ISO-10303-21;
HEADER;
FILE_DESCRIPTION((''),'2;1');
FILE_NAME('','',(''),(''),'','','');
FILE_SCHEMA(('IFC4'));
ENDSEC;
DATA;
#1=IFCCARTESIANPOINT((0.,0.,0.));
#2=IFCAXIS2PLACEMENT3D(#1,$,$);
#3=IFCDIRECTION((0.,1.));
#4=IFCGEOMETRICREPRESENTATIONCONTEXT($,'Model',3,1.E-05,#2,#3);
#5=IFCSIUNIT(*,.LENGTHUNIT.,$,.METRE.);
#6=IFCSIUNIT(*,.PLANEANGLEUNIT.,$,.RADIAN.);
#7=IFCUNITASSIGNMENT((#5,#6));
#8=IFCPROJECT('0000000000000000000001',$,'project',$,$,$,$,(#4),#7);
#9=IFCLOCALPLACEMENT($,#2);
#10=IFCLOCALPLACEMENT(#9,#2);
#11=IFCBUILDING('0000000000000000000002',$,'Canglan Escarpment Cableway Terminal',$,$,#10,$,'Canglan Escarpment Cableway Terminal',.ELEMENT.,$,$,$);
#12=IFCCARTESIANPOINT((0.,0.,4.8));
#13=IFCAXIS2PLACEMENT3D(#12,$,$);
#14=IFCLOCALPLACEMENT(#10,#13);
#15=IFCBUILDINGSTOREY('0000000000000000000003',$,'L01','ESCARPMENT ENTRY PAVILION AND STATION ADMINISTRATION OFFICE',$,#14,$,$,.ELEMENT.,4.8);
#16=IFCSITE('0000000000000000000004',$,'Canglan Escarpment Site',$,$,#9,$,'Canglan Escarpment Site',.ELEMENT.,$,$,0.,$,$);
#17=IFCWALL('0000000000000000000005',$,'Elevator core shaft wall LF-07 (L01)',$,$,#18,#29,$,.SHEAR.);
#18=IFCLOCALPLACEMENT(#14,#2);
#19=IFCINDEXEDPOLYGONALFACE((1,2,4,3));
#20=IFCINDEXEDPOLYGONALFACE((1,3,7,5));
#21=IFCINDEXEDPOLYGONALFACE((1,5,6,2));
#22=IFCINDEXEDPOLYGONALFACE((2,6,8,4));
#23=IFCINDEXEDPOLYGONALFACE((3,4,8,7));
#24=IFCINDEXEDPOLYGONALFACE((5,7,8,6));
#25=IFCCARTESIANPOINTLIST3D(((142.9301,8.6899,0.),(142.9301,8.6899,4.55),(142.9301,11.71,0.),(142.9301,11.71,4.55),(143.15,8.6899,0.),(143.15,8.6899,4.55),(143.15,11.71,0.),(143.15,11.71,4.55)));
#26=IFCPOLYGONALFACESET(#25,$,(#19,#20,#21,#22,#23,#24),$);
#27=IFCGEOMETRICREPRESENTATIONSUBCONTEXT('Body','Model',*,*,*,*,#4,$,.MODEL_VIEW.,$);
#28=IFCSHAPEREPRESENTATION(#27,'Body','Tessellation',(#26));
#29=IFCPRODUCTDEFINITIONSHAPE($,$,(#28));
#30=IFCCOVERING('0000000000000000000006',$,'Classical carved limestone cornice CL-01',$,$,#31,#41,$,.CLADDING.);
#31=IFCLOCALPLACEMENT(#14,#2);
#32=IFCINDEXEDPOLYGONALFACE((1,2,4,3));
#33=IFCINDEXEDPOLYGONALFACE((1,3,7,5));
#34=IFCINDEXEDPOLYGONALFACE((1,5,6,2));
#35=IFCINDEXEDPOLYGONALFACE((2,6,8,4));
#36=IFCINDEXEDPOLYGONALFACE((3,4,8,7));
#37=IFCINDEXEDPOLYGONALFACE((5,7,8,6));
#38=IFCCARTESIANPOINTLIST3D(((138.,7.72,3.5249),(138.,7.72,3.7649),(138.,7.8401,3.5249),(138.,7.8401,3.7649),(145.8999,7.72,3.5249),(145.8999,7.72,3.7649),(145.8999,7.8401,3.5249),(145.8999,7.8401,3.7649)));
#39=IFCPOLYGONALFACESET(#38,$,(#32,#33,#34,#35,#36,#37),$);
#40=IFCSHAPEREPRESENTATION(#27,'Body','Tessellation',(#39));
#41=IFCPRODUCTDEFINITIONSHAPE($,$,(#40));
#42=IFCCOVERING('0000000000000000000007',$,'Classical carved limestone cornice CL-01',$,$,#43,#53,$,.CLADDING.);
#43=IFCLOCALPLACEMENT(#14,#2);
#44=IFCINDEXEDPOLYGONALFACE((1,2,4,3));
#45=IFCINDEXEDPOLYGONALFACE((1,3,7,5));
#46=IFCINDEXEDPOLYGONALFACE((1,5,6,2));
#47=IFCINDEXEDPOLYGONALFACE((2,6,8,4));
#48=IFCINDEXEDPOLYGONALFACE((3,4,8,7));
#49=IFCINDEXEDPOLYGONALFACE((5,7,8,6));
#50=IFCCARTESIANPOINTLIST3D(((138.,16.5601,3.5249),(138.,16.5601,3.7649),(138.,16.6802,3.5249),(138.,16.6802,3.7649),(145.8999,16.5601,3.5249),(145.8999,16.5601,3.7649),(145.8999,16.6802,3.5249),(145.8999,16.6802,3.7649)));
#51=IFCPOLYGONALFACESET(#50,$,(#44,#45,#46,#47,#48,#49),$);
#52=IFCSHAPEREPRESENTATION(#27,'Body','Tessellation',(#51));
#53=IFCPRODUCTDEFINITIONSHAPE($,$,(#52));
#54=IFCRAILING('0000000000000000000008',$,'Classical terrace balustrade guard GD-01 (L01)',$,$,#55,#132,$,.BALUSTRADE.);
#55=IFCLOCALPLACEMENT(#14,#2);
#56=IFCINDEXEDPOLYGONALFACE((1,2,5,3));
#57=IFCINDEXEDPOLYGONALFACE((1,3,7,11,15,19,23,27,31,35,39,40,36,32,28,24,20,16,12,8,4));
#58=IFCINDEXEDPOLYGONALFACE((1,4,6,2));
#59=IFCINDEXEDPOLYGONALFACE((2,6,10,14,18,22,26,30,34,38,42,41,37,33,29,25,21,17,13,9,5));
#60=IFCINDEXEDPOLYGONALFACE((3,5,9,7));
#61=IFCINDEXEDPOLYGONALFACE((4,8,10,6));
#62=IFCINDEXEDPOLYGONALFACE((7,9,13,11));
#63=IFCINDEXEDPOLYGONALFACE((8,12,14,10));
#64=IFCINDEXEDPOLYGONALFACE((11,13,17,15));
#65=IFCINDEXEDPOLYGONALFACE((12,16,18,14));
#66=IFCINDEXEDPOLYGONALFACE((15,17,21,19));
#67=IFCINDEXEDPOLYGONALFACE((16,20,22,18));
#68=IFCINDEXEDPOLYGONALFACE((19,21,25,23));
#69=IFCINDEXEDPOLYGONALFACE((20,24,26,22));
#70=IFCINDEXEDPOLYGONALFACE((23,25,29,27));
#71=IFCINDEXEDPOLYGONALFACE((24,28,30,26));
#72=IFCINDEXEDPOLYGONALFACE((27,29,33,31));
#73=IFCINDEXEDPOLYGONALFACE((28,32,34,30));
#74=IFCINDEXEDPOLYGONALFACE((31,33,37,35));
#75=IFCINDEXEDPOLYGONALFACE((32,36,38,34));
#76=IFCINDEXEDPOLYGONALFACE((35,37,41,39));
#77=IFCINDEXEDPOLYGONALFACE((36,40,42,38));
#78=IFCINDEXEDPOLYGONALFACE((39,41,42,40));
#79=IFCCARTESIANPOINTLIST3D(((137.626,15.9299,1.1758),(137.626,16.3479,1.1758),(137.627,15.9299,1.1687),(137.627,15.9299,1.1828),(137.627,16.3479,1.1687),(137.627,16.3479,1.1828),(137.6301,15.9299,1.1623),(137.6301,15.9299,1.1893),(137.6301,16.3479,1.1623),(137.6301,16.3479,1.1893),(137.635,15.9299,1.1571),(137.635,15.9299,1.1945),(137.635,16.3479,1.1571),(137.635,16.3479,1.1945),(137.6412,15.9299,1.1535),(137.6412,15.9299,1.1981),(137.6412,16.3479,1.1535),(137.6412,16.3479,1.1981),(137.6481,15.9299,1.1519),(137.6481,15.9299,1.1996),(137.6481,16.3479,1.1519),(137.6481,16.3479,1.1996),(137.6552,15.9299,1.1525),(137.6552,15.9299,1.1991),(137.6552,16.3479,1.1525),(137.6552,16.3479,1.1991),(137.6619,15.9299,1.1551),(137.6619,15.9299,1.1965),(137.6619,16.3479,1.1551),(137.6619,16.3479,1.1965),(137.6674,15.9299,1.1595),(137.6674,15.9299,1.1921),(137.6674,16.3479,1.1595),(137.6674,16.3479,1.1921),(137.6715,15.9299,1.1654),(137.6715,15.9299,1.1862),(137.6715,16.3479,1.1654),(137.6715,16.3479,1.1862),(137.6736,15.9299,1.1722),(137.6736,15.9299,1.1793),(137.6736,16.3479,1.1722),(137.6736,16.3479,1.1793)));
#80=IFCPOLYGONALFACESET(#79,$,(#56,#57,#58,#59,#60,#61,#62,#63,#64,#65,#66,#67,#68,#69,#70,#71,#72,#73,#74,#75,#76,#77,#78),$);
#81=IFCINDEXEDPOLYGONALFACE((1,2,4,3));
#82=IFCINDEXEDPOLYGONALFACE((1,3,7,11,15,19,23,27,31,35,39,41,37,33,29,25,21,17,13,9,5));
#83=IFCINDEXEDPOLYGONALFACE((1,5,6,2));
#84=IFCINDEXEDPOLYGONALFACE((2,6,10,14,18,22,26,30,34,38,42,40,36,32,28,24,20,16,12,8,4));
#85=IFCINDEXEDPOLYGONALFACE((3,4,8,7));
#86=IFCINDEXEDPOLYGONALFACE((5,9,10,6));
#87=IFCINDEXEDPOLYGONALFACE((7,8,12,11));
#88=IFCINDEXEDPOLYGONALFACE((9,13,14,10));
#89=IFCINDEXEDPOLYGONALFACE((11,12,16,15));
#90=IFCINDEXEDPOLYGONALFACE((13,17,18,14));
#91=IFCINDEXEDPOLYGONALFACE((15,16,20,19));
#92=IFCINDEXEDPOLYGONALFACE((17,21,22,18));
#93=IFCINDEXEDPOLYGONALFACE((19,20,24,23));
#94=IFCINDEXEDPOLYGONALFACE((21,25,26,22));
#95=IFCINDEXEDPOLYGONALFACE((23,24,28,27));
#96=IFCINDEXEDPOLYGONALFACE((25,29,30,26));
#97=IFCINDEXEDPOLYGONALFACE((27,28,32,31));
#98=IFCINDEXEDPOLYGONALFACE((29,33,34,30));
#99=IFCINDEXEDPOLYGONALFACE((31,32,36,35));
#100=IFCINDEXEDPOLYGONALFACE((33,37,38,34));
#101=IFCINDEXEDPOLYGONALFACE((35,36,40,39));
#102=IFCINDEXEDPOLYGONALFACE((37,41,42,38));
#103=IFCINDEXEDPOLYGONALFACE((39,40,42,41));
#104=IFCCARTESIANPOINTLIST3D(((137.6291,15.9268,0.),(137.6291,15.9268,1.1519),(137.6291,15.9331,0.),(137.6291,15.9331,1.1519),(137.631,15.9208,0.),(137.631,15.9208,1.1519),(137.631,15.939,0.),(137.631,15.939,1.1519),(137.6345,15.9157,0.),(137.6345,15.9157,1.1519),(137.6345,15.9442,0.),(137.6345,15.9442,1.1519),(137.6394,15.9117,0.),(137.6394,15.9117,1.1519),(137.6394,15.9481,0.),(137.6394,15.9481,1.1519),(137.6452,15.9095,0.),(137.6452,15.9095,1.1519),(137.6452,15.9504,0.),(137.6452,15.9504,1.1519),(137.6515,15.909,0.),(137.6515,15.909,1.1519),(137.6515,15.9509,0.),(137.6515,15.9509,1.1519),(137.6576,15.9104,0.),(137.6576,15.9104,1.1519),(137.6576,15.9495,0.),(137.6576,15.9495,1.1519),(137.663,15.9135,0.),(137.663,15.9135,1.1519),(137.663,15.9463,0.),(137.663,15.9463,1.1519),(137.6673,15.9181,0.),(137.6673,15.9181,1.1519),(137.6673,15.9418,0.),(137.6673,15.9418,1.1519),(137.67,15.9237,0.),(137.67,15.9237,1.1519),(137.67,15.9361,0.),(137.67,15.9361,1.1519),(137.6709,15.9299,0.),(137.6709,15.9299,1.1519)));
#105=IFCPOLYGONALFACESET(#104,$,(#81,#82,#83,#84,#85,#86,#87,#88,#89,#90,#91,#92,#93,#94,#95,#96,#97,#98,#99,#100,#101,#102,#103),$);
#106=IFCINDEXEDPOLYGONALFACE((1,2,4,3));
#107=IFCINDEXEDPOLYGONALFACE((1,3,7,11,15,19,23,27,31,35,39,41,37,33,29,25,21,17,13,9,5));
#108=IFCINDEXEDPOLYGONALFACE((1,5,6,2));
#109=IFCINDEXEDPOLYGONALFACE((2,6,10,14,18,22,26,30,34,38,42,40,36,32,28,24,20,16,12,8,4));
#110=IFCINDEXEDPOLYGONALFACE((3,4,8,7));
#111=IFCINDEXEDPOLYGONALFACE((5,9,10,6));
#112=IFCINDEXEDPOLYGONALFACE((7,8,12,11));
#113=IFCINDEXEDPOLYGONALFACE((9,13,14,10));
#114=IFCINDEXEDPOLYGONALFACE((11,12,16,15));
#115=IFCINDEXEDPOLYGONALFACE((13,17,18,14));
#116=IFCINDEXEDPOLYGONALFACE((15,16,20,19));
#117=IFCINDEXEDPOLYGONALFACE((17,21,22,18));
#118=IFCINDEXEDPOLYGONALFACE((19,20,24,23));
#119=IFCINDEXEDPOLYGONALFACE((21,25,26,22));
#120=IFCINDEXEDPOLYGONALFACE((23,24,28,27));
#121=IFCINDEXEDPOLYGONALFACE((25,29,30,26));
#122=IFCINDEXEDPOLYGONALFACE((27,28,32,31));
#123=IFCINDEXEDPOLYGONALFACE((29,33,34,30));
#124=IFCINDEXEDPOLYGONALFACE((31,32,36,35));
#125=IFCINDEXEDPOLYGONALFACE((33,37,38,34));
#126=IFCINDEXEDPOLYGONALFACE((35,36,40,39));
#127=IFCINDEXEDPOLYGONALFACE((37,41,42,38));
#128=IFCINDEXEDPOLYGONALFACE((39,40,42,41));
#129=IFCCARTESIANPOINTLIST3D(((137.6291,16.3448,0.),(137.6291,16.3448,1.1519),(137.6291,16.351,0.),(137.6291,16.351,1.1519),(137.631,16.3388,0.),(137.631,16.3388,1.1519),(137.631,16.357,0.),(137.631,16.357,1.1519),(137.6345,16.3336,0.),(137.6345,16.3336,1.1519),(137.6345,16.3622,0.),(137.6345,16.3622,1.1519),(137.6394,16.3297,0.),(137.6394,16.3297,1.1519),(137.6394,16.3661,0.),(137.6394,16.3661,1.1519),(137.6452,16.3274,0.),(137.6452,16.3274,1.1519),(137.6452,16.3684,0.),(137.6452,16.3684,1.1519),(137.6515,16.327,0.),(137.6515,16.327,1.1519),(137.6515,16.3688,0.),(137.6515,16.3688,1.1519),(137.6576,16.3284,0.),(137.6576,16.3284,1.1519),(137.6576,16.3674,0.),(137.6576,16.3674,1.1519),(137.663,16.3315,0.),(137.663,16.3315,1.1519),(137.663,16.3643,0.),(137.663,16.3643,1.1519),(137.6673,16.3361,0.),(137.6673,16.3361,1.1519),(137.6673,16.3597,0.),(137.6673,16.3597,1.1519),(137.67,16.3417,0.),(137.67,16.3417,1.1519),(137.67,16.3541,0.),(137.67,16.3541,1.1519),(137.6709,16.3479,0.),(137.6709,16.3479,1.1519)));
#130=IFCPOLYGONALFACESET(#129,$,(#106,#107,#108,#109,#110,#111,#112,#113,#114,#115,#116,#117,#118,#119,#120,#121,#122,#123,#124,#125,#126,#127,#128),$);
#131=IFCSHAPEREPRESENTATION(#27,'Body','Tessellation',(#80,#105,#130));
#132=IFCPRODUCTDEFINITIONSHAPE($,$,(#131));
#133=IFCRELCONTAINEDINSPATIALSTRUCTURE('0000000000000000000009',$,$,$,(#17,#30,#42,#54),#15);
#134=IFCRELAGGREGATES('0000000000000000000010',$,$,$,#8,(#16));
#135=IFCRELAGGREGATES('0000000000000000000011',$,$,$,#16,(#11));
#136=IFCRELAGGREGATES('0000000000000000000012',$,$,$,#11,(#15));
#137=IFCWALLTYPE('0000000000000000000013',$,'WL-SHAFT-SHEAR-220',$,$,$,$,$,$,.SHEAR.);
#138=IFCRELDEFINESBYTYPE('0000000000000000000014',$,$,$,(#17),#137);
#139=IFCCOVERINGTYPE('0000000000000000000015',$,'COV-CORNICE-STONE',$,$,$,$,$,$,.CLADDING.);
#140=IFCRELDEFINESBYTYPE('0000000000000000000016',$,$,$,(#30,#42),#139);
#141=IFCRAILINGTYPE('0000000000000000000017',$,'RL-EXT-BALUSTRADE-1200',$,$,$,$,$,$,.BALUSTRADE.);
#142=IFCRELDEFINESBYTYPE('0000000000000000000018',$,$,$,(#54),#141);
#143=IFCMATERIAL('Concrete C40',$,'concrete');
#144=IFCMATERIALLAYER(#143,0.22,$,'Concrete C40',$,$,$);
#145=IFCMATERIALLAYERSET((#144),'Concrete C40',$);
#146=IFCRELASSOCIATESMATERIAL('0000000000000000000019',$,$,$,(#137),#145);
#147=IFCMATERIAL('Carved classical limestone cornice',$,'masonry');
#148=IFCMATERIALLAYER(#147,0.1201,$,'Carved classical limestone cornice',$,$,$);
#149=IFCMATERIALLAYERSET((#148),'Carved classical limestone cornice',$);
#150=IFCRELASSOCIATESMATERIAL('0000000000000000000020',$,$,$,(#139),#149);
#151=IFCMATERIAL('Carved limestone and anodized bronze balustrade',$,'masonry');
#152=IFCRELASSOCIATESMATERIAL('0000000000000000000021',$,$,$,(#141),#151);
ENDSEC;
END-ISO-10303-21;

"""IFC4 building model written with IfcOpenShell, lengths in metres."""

from ifc_helpers import new_model, si_unit, direction, frame, frame_2d, origin, origin_2d, place, context, subcontext, project, spatial, rectangle, circle, extrude, material, layer, layer_set, type_object, element, save


model = new_model("IFC4")

# Units and contexts
model_context = context("Model", 3, precision=1e-05, world=origin(), true_north=direction((0.0, 1.0)))
body_context = subcontext(model_context, "Body", "Model", "MODEL_VIEW")
ifc_project = project(units=[si_unit("LENGTHUNIT", "METRE"), si_unit("PLANEANGLEUNIT", "RADIAN")], contexts=[model_context])

# Site, building, storey
site_placement = place(None, origin())
site = spatial("IfcSite", under=ifc_project, at=site_placement, Name="Canglan Escarpment Site", LongName="Canglan Escarpment Site", CompositionType="ELEMENT", RefElevation=0.0)
building_placement = place(site_placement, origin())
building = spatial("IfcBuilding", under=site, at=building_placement, Name="Canglan Escarpment Cableway Terminal", LongName="Canglan Escarpment Cableway Terminal", CompositionType="ELEMENT")
storey_placement = place(building_placement, frame((0.0, 0.0, 4.8)))
storey = spatial("IfcBuildingStorey", under=building, at=storey_placement, Name="L01", Description="ESCARPMENT ENTRY PAVILION AND STATION ADMINISTRATION OFFICE", CompositionType="ELEMENT", Elevation=4.8)

# Shared definitions
ifc_material_1 = material(Name="Concrete C40", Category="concrete")

# Shared definitions
ifc_layer_1 = layer(ifc_material_1, 0.22, Name="Concrete C40")
ifc_layer_set_1 = layer_set([ifc_layer_1], Name="Concrete C40")
wall_type_1 = type_object("IfcWallType", Name="WL-SHAFT-SHEAR-220", PredefinedType="SHEAR", material=ifc_layer_set_1)

# Wall
wall_1_placement = place(storey_placement, frame((143.04, 11.71, 0.0), z_axis=(0.0, 0.0, 1.0), x_axis=(0.0, -1.0, 0.0)))
element("IfcWall", 1, at=wall_1_placement, inside=storey, type_object=wall_type_1, Name="Elevator core shaft wall LF-07 (L01)", PredefinedType="SHEAR", context=body_context, shape_type="SweptSolid", body=[
    extrude(rectangle(XDim=3.02, YDim=0.22, at=frame_2d((1.51, 0.0))), origin(), (0.0, 0.0, 1.0), 4.55),
])

# Coverings
ifc_material_2 = material(Name="Carved classical limestone cornice", Category="masonry")
ifc_layer_2 = layer(ifc_material_2, 0.1201, Name="Carved classical limestone cornice")
ifc_layer_set_2 = layer_set([ifc_layer_2], Name="Carved classical limestone cornice")
covering_type = type_object("IfcCoveringType", Name="COV-CORNICE-STONE", PredefinedType="CLADDING", material=ifc_layer_set_2)
for number, where, z_axis, x_axis, name in (
    (2, (141.95, 7.78, 3.5249), (0.0, 0.0, 1.0), (1.0, 0.0, 0.0), "Classical carved limestone cornice CL-01"),
    (3, (141.95, 16.6201, 3.5249), (0.0, 0.0, 1.0), (-1.0, 0.0, 0.0), "Classical carved limestone cornice CL-01"),
):
    element("IfcCovering", number, at=place(storey_placement, frame(where, z_axis=z_axis, x_axis=x_axis)), inside=storey, type_object=covering_type, Name=name, PredefinedType="CLADDING", context=body_context, shape_type="SweptSolid", body=[
        extrude(rectangle(XDim=7.8999, YDim=0.1201, at=origin_2d()), origin(), (0.0, 0.0, 1.0), 0.24),
    ])

# Railing
ifc_material_3 = material(Name="Carved limestone and anodized bronze balustrade", Category="masonry")
railing_type = type_object("IfcRailingType", Name="RL-EXT-BALUSTRADE-1200", PredefinedType="BALUSTRADE", material=ifc_material_3)
railing_placement = place(storey_placement, frame((137.6499, 15.9299, 0.0)))
element("IfcRailing", 4, at=railing_placement, inside=storey, type_object=railing_type, Name="Classical terrace balustrade guard GD-01 (L01)", PredefinedType="BALUSTRADE", context=body_context, shape_type="SweptSolid", body=[
    extrude(circle(Radius=0.0239, at=origin_2d()), frame((0.0, 0.0, 1.1758), z_axis=(0.0, 1.0, 0.0), x_axis=(-1.0, 0.0, 0.0)), (0.0, 0.0, 1.0), 0.418),
    extrude(circle(Radius=0.021, at=origin_2d()), origin(), (0.0, 0.0, 1.0), 1.1519),
    extrude(circle(Radius=0.021, at=origin_2d()), frame((0.0, 0.418, 0.0)), (0.0, 0.0, 1.0), 1.1519),
])

save(model, "model.ifc")
